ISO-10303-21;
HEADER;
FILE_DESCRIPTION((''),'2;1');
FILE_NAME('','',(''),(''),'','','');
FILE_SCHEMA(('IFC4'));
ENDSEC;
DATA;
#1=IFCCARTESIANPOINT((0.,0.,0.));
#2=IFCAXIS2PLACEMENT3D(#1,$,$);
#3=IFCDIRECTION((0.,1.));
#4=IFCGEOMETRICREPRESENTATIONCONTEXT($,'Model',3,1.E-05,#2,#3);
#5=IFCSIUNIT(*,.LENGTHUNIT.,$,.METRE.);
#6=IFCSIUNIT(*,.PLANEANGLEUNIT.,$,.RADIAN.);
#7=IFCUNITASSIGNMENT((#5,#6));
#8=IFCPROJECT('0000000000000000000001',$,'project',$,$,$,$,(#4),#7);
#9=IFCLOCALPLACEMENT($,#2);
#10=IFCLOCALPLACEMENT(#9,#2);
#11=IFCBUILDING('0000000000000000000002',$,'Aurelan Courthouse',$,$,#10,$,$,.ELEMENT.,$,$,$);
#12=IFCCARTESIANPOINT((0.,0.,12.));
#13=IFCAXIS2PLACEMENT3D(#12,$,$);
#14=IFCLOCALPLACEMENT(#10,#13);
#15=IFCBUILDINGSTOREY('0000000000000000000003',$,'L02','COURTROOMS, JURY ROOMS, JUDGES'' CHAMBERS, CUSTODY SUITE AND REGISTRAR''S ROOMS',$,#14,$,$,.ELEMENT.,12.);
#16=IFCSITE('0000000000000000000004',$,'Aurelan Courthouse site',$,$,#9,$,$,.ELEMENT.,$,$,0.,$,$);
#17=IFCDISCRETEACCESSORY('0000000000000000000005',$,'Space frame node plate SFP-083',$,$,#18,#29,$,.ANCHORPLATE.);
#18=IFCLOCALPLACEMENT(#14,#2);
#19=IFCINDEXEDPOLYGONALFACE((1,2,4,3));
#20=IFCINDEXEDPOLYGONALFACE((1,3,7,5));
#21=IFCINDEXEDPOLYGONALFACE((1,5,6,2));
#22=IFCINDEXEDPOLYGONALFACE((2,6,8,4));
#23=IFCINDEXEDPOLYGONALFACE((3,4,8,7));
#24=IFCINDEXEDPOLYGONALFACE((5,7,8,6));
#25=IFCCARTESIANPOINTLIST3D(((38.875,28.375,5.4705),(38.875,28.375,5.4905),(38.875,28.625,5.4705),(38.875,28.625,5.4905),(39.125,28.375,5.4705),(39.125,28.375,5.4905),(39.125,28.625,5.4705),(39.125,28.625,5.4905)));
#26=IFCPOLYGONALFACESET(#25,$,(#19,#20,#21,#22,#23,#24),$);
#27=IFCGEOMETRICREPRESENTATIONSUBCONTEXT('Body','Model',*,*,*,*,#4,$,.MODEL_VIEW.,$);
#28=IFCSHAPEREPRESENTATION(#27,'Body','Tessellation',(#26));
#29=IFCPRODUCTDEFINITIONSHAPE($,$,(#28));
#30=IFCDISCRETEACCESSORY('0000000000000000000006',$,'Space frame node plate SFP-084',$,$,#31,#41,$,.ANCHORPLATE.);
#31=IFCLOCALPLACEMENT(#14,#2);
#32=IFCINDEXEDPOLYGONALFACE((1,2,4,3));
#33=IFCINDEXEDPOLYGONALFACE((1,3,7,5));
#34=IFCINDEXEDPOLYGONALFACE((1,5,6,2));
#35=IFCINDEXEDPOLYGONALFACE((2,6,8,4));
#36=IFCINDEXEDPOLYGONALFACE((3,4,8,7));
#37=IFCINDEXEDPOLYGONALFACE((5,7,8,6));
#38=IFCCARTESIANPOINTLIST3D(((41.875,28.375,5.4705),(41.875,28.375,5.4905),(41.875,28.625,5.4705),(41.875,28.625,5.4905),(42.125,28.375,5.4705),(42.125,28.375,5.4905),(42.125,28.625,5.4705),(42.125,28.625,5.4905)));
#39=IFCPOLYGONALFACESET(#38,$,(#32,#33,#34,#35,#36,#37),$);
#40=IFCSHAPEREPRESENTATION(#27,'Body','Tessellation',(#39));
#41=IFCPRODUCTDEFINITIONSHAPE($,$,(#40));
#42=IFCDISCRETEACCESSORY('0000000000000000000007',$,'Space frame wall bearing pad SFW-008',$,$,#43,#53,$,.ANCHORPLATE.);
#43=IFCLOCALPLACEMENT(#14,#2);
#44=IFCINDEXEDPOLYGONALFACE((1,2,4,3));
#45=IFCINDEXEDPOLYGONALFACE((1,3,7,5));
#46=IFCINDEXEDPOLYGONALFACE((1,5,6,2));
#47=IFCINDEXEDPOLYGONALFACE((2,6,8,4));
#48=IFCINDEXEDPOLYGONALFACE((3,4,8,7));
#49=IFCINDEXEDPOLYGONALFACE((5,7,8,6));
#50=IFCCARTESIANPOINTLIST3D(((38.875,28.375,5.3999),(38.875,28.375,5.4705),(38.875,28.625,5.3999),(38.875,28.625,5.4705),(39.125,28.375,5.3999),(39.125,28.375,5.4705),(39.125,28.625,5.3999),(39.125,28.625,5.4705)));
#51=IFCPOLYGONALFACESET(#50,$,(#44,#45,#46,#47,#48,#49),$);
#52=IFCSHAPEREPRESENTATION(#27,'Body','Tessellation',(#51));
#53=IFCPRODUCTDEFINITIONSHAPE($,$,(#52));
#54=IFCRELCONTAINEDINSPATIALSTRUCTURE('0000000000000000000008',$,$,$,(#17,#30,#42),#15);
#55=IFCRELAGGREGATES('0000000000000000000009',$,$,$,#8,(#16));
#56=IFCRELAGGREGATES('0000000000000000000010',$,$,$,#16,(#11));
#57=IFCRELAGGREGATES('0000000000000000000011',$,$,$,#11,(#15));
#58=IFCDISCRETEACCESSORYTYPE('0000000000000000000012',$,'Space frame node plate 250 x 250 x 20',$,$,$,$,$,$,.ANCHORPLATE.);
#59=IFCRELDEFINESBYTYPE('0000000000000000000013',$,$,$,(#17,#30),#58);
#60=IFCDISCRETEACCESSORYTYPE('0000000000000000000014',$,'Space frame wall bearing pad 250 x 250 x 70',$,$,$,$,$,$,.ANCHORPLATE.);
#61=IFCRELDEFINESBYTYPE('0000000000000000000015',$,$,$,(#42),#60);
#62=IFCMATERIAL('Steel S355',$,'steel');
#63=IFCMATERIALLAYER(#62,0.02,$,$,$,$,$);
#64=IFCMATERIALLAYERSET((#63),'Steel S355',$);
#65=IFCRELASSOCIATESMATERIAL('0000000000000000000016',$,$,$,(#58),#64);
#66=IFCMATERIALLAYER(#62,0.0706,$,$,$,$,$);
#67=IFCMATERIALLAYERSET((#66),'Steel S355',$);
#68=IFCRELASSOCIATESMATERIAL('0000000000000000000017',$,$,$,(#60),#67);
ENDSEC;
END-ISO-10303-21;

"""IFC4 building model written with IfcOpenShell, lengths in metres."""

from ifc_helpers import new_model, si_unit, direction, frame, origin, origin_2d, place, context, subcontext, project, spatial, rectangle, extrude, material, layer, layer_set, type_object, element, save


model = new_model("IFC4")

# Units and contexts
model_context = context("Model", 3, precision=1e-05, world=origin(), true_north=direction((0.0, 1.0)))
body_context = subcontext(model_context, "Body", "Model", "MODEL_VIEW")
ifc_project = project(units=[si_unit("LENGTHUNIT", "METRE"), si_unit("PLANEANGLEUNIT", "RADIAN")], contexts=[model_context])

# Site, building, storey
site_placement = place(None, origin())
site = spatial("IfcSite", under=ifc_project, at=site_placement, Name="Aurelan Courthouse site", CompositionType="ELEMENT", RefElevation=0.0)
building_placement = place(site_placement, origin())
building = spatial("IfcBuilding", under=site, at=building_placement, Name="Aurelan Courthouse", CompositionType="ELEMENT")
storey_placement = place(building_placement, frame((0.0, 0.0, 12.0)))
storey = spatial("IfcBuildingStorey", under=building, at=storey_placement, Name="L02", Description="COURTROOMS, JURY ROOMS, JUDGES' CHAMBERS, CUSTODY SUITE AND REGISTRAR'S ROOMS", CompositionType="ELEMENT", Elevation=12.0)

# Shared definitions
ifc_material_1 = material(Name="Steel S355", Category="steel")

# Discrete accessories
ifc_layer_1 = layer(ifc_material_1, 0.02)
ifc_layer_set_1 = layer_set([ifc_layer_1], Name="Steel S355")
discrete_accessory_type_1 = type_object("IfcDiscreteAccessoryType", Name="Space frame node plate 250 x 250 x 20", PredefinedType="ANCHORPLATE", material=ifc_layer_set_1)
for number, where, z_axis, x_axis, name in (
    (1, (39.0, 28.5, 5.4705), (0.0, 0.0, 1.0), (1.0, 0.0, 0.0), "Space frame node plate SFP-083"),
    (2, (42.0, 28.5, 5.4705), (0.0, 0.0, 1.0), (1.0, 0.0, 0.0), "Space frame node plate SFP-084"),
):
    element("IfcDiscreteAccessory", number, at=place(storey_placement, frame(where, z_axis=z_axis, x_axis=x_axis)), inside=storey, type_object=discrete_accessory_type_1, Name=name, PredefinedType="ANCHORPLATE", context=body_context, shape_type="SweptSolid", body=[
        extrude(rectangle(XDim=0.25, YDim=0.25, at=origin_2d()), origin(), (0.0, 0.0, 1.0), 0.02),
    ])
ifc_layer_2 = layer(ifc_material_1, 0.0706)
ifc_layer_set_2 = layer_set([ifc_layer_2], Name="Steel S355")
discrete_accessory_type_2 = type_object("IfcDiscreteAccessoryType", Name="Space frame wall bearing pad 250 x 250 x 70", PredefinedType="ANCHORPLATE", material=ifc_layer_set_2)
discrete_accessory_placement = place(storey_placement, frame((39.0, 28.5, 5.3999), z_axis=(0.0, 0.0, 1.0), x_axis=(1.0, 0.0, 0.0)))
element("IfcDiscreteAccessory", 3, at=discrete_accessory_placement, inside=storey, type_object=discrete_accessory_type_2, Name="Space frame wall bearing pad SFW-008", PredefinedType="ANCHORPLATE", context=body_context, shape_type="SweptSolid", body=[
    extrude(rectangle(XDim=0.25, YDim=0.25, at=origin_2d()), origin(), (0.0, 0.0, 1.0), 0.0706),
])

save(model, "model.ifc")
